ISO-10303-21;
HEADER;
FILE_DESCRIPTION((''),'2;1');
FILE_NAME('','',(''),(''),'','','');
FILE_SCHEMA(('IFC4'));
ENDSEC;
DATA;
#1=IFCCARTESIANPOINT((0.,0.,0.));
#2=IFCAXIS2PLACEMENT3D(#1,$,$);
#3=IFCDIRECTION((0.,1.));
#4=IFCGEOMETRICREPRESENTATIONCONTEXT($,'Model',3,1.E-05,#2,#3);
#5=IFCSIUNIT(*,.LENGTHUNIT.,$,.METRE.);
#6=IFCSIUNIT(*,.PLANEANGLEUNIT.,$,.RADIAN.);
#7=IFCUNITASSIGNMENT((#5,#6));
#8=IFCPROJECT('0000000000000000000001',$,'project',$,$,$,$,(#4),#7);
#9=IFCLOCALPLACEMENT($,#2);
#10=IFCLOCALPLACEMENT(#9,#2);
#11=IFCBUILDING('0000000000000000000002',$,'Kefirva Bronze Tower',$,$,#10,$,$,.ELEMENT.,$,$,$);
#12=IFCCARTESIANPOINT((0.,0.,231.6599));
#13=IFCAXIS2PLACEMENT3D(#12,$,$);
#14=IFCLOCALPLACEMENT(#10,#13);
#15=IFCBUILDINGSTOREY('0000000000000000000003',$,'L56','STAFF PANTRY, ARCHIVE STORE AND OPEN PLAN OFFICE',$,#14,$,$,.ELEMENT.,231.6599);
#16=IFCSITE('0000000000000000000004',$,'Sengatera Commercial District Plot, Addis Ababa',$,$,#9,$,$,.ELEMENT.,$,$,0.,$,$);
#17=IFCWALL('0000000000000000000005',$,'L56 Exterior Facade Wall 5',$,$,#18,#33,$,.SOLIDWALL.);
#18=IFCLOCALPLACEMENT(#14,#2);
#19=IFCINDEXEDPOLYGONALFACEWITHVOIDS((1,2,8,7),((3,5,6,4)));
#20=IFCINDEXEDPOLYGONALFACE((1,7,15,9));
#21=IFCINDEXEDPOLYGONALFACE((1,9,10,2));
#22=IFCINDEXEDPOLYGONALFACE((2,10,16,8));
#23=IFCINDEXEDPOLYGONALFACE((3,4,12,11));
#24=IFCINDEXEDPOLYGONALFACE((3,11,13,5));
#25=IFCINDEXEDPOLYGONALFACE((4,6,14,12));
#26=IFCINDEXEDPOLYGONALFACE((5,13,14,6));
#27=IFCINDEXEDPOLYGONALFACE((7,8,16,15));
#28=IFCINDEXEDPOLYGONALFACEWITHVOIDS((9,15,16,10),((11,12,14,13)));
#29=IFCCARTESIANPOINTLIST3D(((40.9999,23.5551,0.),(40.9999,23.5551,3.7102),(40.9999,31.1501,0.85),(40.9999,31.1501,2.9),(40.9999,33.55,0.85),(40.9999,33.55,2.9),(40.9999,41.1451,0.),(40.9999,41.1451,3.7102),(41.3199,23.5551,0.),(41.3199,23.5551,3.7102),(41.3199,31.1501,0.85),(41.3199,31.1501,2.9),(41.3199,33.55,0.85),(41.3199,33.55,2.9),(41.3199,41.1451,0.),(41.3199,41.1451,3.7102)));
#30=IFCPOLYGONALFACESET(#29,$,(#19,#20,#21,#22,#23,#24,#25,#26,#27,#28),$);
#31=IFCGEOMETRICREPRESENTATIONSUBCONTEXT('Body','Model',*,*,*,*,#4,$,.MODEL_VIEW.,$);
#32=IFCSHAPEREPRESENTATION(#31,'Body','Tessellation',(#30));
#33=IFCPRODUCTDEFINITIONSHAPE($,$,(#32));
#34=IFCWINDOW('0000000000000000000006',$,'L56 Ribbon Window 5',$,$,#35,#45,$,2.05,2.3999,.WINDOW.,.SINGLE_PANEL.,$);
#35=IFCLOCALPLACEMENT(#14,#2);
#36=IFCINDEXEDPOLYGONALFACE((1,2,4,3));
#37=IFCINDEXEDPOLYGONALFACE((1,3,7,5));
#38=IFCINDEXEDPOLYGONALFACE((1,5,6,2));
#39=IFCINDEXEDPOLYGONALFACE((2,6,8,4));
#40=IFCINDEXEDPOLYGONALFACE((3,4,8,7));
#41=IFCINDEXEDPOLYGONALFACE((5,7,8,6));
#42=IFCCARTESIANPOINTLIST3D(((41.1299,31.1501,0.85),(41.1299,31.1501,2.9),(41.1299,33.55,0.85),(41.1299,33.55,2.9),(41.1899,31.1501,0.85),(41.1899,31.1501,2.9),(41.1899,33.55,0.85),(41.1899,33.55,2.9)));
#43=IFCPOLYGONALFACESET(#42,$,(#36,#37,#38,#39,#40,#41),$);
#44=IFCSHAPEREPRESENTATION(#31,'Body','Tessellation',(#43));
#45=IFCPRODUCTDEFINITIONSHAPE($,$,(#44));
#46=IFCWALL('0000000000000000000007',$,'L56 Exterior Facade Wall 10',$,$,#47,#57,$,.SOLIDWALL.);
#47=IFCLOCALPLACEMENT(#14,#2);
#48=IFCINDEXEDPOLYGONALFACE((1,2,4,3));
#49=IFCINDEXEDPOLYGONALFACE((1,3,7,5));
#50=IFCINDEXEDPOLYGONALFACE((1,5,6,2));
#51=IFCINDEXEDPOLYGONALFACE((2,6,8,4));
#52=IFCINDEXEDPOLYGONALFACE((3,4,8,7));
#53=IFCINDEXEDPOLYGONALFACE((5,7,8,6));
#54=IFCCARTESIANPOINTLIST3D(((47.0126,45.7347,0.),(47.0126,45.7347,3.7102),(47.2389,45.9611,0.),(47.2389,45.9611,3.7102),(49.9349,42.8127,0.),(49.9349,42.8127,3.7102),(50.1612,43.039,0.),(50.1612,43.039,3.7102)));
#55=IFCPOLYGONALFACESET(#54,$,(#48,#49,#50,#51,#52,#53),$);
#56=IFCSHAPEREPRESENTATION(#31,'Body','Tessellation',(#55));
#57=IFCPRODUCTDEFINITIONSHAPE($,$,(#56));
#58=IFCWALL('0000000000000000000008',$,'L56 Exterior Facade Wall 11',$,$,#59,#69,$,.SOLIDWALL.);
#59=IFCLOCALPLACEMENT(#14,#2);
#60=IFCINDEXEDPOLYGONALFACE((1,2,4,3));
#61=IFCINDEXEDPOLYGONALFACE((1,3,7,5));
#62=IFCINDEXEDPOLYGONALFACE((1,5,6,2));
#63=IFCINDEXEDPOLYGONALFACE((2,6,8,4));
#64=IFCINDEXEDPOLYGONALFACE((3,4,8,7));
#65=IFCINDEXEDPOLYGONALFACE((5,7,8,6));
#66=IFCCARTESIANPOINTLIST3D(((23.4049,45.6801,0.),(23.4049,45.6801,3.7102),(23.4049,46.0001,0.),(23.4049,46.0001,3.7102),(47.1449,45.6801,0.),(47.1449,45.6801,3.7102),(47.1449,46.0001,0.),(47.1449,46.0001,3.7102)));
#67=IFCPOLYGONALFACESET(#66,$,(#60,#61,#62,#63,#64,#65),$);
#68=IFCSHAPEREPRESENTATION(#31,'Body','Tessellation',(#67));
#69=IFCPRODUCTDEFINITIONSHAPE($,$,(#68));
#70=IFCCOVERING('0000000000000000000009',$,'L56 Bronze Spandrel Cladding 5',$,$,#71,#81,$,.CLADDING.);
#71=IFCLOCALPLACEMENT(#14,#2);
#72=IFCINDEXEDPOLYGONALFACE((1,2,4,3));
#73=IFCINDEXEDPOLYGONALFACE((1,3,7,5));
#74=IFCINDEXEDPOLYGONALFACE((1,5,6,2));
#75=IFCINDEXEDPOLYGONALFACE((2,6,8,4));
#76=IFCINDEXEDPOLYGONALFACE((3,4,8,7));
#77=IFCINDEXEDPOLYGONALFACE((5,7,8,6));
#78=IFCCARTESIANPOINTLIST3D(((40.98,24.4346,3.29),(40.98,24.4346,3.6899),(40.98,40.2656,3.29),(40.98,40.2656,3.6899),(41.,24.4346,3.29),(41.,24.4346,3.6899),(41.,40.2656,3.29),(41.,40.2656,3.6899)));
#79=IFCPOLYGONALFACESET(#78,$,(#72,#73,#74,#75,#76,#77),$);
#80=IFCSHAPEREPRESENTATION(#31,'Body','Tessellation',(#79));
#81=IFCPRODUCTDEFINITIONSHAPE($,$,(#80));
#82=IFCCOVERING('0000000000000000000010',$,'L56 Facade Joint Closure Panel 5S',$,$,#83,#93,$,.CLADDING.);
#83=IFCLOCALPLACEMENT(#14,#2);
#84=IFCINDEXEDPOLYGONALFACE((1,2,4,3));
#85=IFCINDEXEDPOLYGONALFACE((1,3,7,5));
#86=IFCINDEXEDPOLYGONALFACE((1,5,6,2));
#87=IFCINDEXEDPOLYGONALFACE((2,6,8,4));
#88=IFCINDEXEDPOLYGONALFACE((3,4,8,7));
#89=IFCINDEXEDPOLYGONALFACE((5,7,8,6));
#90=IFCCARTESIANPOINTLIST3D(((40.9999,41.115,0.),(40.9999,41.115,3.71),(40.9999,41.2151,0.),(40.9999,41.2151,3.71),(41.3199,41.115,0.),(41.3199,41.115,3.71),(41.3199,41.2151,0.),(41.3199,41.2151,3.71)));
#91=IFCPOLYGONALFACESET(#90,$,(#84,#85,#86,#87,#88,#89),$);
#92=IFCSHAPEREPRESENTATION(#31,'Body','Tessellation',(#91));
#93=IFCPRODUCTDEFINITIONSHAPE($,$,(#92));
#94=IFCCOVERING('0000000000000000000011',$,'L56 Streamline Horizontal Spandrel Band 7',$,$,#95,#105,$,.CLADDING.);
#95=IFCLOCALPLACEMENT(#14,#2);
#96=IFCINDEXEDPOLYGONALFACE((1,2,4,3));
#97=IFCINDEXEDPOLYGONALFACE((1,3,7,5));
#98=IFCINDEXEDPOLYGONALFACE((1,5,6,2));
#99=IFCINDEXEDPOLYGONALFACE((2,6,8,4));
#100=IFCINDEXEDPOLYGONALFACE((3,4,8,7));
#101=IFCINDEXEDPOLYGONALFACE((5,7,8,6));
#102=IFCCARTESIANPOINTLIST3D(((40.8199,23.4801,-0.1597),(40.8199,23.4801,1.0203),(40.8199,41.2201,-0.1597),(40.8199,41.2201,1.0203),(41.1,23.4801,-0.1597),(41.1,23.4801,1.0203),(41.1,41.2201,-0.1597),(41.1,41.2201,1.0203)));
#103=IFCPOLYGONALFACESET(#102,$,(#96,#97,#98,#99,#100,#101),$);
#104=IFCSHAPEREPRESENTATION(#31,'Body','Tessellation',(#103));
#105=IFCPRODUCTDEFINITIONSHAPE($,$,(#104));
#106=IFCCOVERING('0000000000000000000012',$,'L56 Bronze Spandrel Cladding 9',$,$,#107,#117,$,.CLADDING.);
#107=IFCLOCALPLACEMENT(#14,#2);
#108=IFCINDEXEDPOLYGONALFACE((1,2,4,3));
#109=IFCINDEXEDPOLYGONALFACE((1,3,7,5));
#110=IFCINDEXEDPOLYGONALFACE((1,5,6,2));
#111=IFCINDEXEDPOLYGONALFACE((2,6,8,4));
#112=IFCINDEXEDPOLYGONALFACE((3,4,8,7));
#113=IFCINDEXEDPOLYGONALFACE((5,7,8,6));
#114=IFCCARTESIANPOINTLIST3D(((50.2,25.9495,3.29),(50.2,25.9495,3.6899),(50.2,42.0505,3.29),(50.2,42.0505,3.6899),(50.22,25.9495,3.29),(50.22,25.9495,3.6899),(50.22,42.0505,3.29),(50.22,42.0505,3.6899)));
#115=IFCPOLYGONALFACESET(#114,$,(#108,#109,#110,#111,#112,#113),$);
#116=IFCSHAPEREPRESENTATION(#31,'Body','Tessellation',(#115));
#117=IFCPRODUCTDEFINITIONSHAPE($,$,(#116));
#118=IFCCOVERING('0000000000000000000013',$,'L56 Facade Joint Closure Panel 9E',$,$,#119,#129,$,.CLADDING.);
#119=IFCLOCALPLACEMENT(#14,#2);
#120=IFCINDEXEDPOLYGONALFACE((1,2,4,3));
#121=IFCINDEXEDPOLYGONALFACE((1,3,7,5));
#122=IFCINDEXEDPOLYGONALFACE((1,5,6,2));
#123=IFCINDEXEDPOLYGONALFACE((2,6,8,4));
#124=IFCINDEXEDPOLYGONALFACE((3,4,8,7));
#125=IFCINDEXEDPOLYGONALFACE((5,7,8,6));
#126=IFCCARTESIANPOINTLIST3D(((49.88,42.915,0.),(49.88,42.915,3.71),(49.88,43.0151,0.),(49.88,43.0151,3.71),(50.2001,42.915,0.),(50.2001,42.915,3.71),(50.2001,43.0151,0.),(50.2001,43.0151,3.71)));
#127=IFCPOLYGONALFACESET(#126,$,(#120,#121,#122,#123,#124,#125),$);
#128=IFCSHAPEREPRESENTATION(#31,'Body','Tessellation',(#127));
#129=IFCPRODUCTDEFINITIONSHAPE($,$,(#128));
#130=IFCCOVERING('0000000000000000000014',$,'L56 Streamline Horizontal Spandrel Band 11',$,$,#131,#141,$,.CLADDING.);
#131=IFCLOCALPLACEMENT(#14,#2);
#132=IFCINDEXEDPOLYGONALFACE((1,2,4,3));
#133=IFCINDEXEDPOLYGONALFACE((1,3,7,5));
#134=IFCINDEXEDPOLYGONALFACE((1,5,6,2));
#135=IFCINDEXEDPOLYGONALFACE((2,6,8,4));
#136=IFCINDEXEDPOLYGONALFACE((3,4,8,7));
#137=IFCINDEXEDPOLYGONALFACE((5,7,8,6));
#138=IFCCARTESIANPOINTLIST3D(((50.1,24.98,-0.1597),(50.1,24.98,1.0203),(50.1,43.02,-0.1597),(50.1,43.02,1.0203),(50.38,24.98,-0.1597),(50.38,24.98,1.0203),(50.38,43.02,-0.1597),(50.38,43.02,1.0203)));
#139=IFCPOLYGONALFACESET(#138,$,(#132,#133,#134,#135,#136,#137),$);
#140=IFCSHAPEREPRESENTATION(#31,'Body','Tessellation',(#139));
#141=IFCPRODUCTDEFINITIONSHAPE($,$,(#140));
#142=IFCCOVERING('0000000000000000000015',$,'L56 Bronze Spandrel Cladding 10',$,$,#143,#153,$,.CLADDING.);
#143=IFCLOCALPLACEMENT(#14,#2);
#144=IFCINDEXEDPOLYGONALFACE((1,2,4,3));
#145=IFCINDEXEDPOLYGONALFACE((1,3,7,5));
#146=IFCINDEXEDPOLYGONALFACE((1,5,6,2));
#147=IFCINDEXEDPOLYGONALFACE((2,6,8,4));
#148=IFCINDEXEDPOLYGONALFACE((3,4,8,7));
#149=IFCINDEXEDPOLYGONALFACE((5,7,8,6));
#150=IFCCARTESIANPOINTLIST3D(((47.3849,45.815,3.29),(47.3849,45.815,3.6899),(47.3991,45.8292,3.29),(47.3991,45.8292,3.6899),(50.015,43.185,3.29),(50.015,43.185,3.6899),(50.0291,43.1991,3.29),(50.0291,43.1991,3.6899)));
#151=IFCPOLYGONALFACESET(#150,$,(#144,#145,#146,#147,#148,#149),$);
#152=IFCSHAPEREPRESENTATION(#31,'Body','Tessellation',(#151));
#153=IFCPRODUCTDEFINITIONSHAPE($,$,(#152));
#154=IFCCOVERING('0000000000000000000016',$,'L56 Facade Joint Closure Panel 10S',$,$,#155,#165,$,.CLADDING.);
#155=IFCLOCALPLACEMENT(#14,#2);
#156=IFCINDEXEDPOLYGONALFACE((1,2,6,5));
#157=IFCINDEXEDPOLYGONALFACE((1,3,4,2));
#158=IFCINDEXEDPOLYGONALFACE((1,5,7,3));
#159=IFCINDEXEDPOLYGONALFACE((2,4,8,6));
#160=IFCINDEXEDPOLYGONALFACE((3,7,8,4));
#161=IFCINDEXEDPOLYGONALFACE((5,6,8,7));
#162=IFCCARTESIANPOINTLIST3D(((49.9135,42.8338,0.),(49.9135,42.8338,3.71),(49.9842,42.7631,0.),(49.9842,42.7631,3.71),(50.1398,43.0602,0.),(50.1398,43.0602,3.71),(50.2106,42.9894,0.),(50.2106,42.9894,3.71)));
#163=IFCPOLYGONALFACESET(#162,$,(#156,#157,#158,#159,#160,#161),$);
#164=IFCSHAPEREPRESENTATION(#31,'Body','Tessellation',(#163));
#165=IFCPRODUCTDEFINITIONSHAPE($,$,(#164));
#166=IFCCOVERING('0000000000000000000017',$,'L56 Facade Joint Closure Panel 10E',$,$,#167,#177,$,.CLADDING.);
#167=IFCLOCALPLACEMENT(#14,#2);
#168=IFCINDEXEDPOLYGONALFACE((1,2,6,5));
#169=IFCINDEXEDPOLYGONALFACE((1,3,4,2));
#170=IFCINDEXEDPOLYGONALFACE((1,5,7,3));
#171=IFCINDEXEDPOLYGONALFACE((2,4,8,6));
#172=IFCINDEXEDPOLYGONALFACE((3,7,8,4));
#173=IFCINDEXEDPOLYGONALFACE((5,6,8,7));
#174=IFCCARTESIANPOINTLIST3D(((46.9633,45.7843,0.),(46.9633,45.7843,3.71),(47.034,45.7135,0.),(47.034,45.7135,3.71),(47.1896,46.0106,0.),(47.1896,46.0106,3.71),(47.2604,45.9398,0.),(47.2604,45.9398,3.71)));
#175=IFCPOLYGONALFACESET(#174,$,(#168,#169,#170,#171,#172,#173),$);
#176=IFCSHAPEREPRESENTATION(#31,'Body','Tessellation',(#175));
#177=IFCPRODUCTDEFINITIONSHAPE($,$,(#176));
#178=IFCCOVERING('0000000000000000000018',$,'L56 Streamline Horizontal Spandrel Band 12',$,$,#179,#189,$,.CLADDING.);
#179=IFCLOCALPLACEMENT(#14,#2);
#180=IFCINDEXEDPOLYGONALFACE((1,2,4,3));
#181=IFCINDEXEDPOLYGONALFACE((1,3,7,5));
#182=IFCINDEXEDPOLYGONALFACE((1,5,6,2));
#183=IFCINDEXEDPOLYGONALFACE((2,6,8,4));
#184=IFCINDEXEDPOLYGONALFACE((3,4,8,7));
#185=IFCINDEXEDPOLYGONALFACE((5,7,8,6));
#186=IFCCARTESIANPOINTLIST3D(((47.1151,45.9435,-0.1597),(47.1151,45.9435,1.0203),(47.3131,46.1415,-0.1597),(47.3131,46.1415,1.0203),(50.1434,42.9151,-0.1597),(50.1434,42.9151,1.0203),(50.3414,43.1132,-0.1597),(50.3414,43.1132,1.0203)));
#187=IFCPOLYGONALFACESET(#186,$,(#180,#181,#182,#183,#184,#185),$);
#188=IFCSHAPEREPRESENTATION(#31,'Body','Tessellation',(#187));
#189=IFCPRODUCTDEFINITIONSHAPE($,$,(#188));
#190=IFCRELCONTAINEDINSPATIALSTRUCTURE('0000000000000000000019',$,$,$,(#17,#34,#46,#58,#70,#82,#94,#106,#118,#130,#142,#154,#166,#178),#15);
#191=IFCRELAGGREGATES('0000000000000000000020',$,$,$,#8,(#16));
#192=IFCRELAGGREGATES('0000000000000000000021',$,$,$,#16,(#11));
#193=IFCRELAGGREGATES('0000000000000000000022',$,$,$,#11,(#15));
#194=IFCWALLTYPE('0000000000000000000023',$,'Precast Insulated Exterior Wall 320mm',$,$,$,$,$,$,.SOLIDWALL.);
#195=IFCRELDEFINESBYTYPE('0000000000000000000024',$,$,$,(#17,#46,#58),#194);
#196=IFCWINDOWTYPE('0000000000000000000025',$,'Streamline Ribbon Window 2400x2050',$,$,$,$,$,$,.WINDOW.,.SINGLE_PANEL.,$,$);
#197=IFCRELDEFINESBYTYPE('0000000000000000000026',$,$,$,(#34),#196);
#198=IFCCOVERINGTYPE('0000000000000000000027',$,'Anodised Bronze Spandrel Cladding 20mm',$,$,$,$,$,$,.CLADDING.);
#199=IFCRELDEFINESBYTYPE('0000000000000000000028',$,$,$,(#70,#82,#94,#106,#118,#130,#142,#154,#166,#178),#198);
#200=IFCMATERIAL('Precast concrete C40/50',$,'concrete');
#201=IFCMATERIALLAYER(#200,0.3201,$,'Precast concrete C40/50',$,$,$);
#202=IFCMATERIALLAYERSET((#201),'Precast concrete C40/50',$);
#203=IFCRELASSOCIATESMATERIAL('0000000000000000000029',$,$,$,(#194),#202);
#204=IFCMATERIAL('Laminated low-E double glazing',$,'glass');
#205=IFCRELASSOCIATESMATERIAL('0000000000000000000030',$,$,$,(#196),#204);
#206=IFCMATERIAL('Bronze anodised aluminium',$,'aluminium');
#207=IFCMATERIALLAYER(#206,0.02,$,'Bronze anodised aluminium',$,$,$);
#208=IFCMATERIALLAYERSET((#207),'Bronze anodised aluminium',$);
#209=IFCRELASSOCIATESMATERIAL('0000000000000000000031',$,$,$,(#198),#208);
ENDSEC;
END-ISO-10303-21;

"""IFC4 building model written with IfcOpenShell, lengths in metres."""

from ifc_helpers import new_model, si_unit, direction, frame, frame_2d, origin, origin_2d, place, context, subcontext, project, spatial, rectangle, extrude, material, layer, layer_set, type_object, element, fill, save


model = new_model("IFC4")

# Units and contexts
model_context = context("Model", 3, precision=1e-05, world=origin(), true_north=direction((0.0, 1.0)))
body_context = subcontext(model_context, "Body", "Model", "MODEL_VIEW")
ifc_project = project(units=[si_unit("LENGTHUNIT", "METRE"), si_unit("PLANEANGLEUNIT", "RADIAN")], contexts=[model_context])

# Site, building, storey
site_placement = place(None, origin())
site = spatial("IfcSite", under=ifc_project, at=site_placement, Name="Sengatera Commercial District Plot, Addis Ababa", CompositionType="ELEMENT", RefElevation=0.0)
building_placement = place(site_placement, origin())
building = spatial("IfcBuilding", under=site, at=building_placement, Name="Kefirva Bronze Tower", CompositionType="ELEMENT")
storey_placement = place(building_placement, frame((0.0, 0.0, 231.6599)))
storey = spatial("IfcBuildingStorey", under=building, at=storey_placement, Name="L56", Description="STAFF PANTRY, ARCHIVE STORE AND OPEN PLAN OFFICE", CompositionType="ELEMENT", Elevation=231.6599)

# Shared definitions
ifc_material_1 = material(Name="Bronze anodised aluminium", Category="aluminium")

# Shared definitions
ifc_material_2 = material(Name="Laminated low-E double glazing", Category="glass")

# Wall, opening, window
ifc_material_3 = material(Name="Precast concrete C40/50", Category="concrete")
ifc_layer_1 = layer(ifc_material_3, 0.3201, Name="Precast concrete C40/50")
ifc_layer_set_1 = layer_set([ifc_layer_1], Name="Precast concrete C40/50")
wall_type_1 = type_object("IfcWallType", Name="Precast Insulated Exterior Wall 320mm", PredefinedType="SOLIDWALL", material=ifc_layer_set_1)
wall_1_placement = place(storey_placement, frame((41.1599, 41.145, 0.0), z_axis=(0.0, 0.0, 1.0), x_axis=(0.0, -1.0, 0.0)))
wall_1 = element("IfcWall", 1, at=wall_1_placement, inside=storey, type_object=wall_type_1, Name="L56 Exterior Facade Wall 5", PredefinedType="SOLIDWALL", context=body_context, shape_type="SweptSolid", body=[
    extrude(rectangle(XDim=17.5901, YDim=0.3201, at=frame_2d((8.7949, 0.0))), origin(), (0.0, 0.0, 1.0), 3.7102),
])
opening_placement = place(wall_1_placement, frame((7.595, 0.0, 0.8501)))
opening = element("IfcOpeningElement", 2, at=opening_placement, cuts=wall_1, PredefinedType="OPENING", context=body_context, shape_type="SweptSolid", body=[
    extrude(rectangle(XDim=2.3999, YDim=2.05, at=frame_2d((1.2, 1.0249))), frame((0.0, 0.1699, 0.0), z_axis=(0.0, -1.0, 0.0), x_axis=(1.0, 0.0, 0.0)), (0.0, 0.0, 1.0), 0.3401),
])
window_type = type_object("IfcWindowType", Name="Streamline Ribbon Window 2400x2050", PartitioningType="SINGLE_PANEL", PredefinedType="WINDOW", material=ifc_material_2)
window_placement = place(opening_placement, origin())
window = element("IfcWindow", 3, at=window_placement, inside=storey, type_object=window_type, Name="L56 Ribbon Window 5", OverallHeight=2.05, OverallWidth=2.3999, PartitioningType="SINGLE_PANEL", PredefinedType="WINDOW", context=body_context, shape_type="SweptSolid", body=[
    extrude(rectangle(XDim=2.3999, YDim=2.05, at=frame_2d((1.2, 1.0249))), frame((0.0, 0.03, 0.0), z_axis=(0.0, -1.0, 0.0), x_axis=(1.0, 0.0, 0.0)), (0.0, 0.0, 1.0), 0.0601),
])
fill(opening, window)

# Walls
wall_2_placement = place(storey_placement, frame((50.0481, 42.9258, 0.0), z_axis=(0.0, 0.0, 1.0), x_axis=(-0.707136, 0.707077, 0.0)))
element("IfcWall", 4, at=wall_2_placement, inside=storey, type_object=wall_type_1, Name="L56 Exterior Facade Wall 10", PredefinedType="SOLIDWALL", context=body_context, shape_type="SweptSolid", body=[
    extrude(rectangle(XDim=4.1326, YDim=0.3201, at=frame_2d((2.0664, 0.0))), origin(), (0.0, 0.0, 1.0), 3.7102),
])
wall_3_placement = place(storey_placement, frame((47.145, 45.8401, 0.0), z_axis=(0.0, 0.0, 1.0), x_axis=(-1.0, 0.0, 0.0)))
element("IfcWall", 5, at=wall_3_placement, inside=storey, type_object=wall_type_1, Name="L56 Exterior Facade Wall 11", PredefinedType="SOLIDWALL", context=body_context, shape_type="SweptSolid", body=[
    extrude(rectangle(XDim=23.74, YDim=0.3201, at=frame_2d((11.8701, 0.0))), origin(), (0.0, 0.0, 1.0), 3.7102),
])

# Coverings
ifc_layer_2 = layer(ifc_material_1, 0.02, Name="Bronze anodised aluminium")
ifc_layer_set_2 = layer_set([ifc_layer_2], Name="Bronze anodised aluminium")
covering_type_1 = type_object("IfcCoveringType", Name="Anodised Bronze Spandrel Cladding 20mm", PredefinedType="CLADDING", material=ifc_layer_set_2)
covering_1_placement = place(storey_placement, frame((40.99, 32.3501, 3.29), z_axis=(0.0, 0.0, 1.0), x_axis=(0.0, -1.0, 0.0)))
element("IfcCovering", 6, at=covering_1_placement, inside=storey, type_object=covering_type_1, Name="L56 Bronze Spandrel Cladding 5", PredefinedType="CLADDING", context=body_context, shape_type="SweptSolid", body=[
    extrude(rectangle(XDim=15.8311, YDim=0.02, at=origin_2d()), origin(), (0.0, 0.0, 1.0), 0.3999),
])
covering_2_placement = place(storey_placement, frame((41.1599, 41.165, 0.0), z_axis=(0.0, 0.0, 1.0), x_axis=(0.0, -1.0, 0.0)))
element("IfcCovering", 7, at=covering_2_placement, inside=storey, type_object=covering_type_1, Name="L56 Facade Joint Closure Panel 5S", PredefinedType="CLADDING", context=body_context, shape_type="SweptSolid", body=[
    extrude(rectangle(XDim=0.1001, YDim=0.3201, at=origin_2d()), origin(), (0.0, 0.0, 1.0), 3.71),
])
covering_3_placement = place(storey_placement, frame((40.96, 32.3501, -0.1597), z_axis=(0.0, 0.0, 1.0), x_axis=(0.0, -1.0, 0.0)))
element("IfcCovering", 8, at=covering_3_placement, inside=storey, type_object=covering_type_1, Name="L56 Streamline Horizontal Spandrel Band 7", PredefinedType="CLADDING", context=body_context, shape_type="SweptSolid", body=[
    extrude(rectangle(XDim=17.74, YDim=0.28, at=origin_2d()), origin(), (0.0, 0.0, 1.0), 1.1799),
])
covering_4_placement = place(storey_placement, frame((50.21, 34.0, 3.29), z_axis=(0.0, 0.0, 1.0), x_axis=(0.0, 1.0, 0.0)))
element("IfcCovering", 9, at=covering_4_placement, inside=storey, type_object=covering_type_1, Name="L56 Bronze Spandrel Cladding 9", PredefinedType="CLADDING", context=body_context, shape_type="SweptSolid", body=[
    extrude(rectangle(XDim=16.1011, YDim=0.02, at=origin_2d()), origin(), (0.0, 0.0, 1.0), 0.3999),
])
covering_5_placement = place(storey_placement, frame((50.04, 42.9651, 0.0), z_axis=(0.0, 0.0, 1.0), x_axis=(0.0, 1.0, 0.0)))
element("IfcCovering", 10, at=covering_5_placement, inside=storey, type_object=covering_type_1, Name="L56 Facade Joint Closure Panel 9E", PredefinedType="CLADDING", context=body_context, shape_type="SweptSolid", body=[
    extrude(rectangle(XDim=0.1001, YDim=0.3201, at=origin_2d()), origin(), (0.0, 0.0, 1.0), 3.71),
])
covering_6_placement = place(storey_placement, frame((50.24, 34.0, -0.1597), z_axis=(0.0, 0.0, 1.0), x_axis=(0.0, 1.0, 0.0)))
element("IfcCovering", 11, at=covering_6_placement, inside=storey, type_object=covering_type_1, Name="L56 Streamline Horizontal Spandrel Band 11", PredefinedType="CLADDING", context=body_context, shape_type="SweptSolid", body=[
    extrude(rectangle(XDim=18.04, YDim=0.28, at=origin_2d()), origin(), (0.0, 0.0, 1.0), 1.1799),
])
covering_7_placement = place(storey_placement, frame((48.707, 44.5071, 3.29), z_axis=(0.0, 0.0, 1.0), x_axis=(-0.707107, 0.707107, 0.0)))
element("IfcCovering", 12, at=covering_7_placement, inside=storey, type_object=covering_type_1, Name="L56 Bronze Spandrel Cladding 10", PredefinedType="CLADDING", context=body_context, shape_type="SweptSolid", body=[
    extrude(rectangle(XDim=3.7195, YDim=0.02, at=origin_2d()), origin(), (0.0, 0.0, 1.0), 0.3999),
])
for number, where, z_axis, x_axis, name in (
    (13, (50.062, 42.9116, 0.0), (0.0, 0.0, 1.0), (-0.707107, 0.707107, 0.0), "L56 Facade Joint Closure Panel 10S"),
    (14, (47.1118, 45.8621, 0.0), (0.0, 0.0, 1.0), (-0.707107, 0.707107, 0.0), "L56 Facade Joint Closure Panel 10E"),
):
    element("IfcCovering", number, at=place(storey_placement, frame(where, z_axis=z_axis, x_axis=x_axis)), inside=storey, type_object=covering_type_1, Name=name, PredefinedType="CLADDING", context=body_context, shape_type="SweptSolid", body=[
        extrude(rectangle(XDim=0.1001, YDim=0.3201, at=origin_2d()), origin(), (0.0, 0.0, 1.0), 3.71),
    ])
covering_8_placement = place(storey_placement, frame((48.7283, 44.5283, -0.1597), z_axis=(0.0, 0.0, 1.0), x_axis=(-0.707107, 0.707107, 0.0)))
element("IfcCovering", 15, at=covering_8_placement, inside=storey, type_object=covering_type_1, Name="L56 Streamline Horizontal Spandrel Band 12", PredefinedType="CLADDING", context=body_context, shape_type="SweptSolid", body=[
    extrude(rectangle(XDim=4.2827, YDim=0.28, at=origin_2d()), origin(), (0.0, 0.0, 1.0), 1.1799),
])

save(model, "model.ifc")
